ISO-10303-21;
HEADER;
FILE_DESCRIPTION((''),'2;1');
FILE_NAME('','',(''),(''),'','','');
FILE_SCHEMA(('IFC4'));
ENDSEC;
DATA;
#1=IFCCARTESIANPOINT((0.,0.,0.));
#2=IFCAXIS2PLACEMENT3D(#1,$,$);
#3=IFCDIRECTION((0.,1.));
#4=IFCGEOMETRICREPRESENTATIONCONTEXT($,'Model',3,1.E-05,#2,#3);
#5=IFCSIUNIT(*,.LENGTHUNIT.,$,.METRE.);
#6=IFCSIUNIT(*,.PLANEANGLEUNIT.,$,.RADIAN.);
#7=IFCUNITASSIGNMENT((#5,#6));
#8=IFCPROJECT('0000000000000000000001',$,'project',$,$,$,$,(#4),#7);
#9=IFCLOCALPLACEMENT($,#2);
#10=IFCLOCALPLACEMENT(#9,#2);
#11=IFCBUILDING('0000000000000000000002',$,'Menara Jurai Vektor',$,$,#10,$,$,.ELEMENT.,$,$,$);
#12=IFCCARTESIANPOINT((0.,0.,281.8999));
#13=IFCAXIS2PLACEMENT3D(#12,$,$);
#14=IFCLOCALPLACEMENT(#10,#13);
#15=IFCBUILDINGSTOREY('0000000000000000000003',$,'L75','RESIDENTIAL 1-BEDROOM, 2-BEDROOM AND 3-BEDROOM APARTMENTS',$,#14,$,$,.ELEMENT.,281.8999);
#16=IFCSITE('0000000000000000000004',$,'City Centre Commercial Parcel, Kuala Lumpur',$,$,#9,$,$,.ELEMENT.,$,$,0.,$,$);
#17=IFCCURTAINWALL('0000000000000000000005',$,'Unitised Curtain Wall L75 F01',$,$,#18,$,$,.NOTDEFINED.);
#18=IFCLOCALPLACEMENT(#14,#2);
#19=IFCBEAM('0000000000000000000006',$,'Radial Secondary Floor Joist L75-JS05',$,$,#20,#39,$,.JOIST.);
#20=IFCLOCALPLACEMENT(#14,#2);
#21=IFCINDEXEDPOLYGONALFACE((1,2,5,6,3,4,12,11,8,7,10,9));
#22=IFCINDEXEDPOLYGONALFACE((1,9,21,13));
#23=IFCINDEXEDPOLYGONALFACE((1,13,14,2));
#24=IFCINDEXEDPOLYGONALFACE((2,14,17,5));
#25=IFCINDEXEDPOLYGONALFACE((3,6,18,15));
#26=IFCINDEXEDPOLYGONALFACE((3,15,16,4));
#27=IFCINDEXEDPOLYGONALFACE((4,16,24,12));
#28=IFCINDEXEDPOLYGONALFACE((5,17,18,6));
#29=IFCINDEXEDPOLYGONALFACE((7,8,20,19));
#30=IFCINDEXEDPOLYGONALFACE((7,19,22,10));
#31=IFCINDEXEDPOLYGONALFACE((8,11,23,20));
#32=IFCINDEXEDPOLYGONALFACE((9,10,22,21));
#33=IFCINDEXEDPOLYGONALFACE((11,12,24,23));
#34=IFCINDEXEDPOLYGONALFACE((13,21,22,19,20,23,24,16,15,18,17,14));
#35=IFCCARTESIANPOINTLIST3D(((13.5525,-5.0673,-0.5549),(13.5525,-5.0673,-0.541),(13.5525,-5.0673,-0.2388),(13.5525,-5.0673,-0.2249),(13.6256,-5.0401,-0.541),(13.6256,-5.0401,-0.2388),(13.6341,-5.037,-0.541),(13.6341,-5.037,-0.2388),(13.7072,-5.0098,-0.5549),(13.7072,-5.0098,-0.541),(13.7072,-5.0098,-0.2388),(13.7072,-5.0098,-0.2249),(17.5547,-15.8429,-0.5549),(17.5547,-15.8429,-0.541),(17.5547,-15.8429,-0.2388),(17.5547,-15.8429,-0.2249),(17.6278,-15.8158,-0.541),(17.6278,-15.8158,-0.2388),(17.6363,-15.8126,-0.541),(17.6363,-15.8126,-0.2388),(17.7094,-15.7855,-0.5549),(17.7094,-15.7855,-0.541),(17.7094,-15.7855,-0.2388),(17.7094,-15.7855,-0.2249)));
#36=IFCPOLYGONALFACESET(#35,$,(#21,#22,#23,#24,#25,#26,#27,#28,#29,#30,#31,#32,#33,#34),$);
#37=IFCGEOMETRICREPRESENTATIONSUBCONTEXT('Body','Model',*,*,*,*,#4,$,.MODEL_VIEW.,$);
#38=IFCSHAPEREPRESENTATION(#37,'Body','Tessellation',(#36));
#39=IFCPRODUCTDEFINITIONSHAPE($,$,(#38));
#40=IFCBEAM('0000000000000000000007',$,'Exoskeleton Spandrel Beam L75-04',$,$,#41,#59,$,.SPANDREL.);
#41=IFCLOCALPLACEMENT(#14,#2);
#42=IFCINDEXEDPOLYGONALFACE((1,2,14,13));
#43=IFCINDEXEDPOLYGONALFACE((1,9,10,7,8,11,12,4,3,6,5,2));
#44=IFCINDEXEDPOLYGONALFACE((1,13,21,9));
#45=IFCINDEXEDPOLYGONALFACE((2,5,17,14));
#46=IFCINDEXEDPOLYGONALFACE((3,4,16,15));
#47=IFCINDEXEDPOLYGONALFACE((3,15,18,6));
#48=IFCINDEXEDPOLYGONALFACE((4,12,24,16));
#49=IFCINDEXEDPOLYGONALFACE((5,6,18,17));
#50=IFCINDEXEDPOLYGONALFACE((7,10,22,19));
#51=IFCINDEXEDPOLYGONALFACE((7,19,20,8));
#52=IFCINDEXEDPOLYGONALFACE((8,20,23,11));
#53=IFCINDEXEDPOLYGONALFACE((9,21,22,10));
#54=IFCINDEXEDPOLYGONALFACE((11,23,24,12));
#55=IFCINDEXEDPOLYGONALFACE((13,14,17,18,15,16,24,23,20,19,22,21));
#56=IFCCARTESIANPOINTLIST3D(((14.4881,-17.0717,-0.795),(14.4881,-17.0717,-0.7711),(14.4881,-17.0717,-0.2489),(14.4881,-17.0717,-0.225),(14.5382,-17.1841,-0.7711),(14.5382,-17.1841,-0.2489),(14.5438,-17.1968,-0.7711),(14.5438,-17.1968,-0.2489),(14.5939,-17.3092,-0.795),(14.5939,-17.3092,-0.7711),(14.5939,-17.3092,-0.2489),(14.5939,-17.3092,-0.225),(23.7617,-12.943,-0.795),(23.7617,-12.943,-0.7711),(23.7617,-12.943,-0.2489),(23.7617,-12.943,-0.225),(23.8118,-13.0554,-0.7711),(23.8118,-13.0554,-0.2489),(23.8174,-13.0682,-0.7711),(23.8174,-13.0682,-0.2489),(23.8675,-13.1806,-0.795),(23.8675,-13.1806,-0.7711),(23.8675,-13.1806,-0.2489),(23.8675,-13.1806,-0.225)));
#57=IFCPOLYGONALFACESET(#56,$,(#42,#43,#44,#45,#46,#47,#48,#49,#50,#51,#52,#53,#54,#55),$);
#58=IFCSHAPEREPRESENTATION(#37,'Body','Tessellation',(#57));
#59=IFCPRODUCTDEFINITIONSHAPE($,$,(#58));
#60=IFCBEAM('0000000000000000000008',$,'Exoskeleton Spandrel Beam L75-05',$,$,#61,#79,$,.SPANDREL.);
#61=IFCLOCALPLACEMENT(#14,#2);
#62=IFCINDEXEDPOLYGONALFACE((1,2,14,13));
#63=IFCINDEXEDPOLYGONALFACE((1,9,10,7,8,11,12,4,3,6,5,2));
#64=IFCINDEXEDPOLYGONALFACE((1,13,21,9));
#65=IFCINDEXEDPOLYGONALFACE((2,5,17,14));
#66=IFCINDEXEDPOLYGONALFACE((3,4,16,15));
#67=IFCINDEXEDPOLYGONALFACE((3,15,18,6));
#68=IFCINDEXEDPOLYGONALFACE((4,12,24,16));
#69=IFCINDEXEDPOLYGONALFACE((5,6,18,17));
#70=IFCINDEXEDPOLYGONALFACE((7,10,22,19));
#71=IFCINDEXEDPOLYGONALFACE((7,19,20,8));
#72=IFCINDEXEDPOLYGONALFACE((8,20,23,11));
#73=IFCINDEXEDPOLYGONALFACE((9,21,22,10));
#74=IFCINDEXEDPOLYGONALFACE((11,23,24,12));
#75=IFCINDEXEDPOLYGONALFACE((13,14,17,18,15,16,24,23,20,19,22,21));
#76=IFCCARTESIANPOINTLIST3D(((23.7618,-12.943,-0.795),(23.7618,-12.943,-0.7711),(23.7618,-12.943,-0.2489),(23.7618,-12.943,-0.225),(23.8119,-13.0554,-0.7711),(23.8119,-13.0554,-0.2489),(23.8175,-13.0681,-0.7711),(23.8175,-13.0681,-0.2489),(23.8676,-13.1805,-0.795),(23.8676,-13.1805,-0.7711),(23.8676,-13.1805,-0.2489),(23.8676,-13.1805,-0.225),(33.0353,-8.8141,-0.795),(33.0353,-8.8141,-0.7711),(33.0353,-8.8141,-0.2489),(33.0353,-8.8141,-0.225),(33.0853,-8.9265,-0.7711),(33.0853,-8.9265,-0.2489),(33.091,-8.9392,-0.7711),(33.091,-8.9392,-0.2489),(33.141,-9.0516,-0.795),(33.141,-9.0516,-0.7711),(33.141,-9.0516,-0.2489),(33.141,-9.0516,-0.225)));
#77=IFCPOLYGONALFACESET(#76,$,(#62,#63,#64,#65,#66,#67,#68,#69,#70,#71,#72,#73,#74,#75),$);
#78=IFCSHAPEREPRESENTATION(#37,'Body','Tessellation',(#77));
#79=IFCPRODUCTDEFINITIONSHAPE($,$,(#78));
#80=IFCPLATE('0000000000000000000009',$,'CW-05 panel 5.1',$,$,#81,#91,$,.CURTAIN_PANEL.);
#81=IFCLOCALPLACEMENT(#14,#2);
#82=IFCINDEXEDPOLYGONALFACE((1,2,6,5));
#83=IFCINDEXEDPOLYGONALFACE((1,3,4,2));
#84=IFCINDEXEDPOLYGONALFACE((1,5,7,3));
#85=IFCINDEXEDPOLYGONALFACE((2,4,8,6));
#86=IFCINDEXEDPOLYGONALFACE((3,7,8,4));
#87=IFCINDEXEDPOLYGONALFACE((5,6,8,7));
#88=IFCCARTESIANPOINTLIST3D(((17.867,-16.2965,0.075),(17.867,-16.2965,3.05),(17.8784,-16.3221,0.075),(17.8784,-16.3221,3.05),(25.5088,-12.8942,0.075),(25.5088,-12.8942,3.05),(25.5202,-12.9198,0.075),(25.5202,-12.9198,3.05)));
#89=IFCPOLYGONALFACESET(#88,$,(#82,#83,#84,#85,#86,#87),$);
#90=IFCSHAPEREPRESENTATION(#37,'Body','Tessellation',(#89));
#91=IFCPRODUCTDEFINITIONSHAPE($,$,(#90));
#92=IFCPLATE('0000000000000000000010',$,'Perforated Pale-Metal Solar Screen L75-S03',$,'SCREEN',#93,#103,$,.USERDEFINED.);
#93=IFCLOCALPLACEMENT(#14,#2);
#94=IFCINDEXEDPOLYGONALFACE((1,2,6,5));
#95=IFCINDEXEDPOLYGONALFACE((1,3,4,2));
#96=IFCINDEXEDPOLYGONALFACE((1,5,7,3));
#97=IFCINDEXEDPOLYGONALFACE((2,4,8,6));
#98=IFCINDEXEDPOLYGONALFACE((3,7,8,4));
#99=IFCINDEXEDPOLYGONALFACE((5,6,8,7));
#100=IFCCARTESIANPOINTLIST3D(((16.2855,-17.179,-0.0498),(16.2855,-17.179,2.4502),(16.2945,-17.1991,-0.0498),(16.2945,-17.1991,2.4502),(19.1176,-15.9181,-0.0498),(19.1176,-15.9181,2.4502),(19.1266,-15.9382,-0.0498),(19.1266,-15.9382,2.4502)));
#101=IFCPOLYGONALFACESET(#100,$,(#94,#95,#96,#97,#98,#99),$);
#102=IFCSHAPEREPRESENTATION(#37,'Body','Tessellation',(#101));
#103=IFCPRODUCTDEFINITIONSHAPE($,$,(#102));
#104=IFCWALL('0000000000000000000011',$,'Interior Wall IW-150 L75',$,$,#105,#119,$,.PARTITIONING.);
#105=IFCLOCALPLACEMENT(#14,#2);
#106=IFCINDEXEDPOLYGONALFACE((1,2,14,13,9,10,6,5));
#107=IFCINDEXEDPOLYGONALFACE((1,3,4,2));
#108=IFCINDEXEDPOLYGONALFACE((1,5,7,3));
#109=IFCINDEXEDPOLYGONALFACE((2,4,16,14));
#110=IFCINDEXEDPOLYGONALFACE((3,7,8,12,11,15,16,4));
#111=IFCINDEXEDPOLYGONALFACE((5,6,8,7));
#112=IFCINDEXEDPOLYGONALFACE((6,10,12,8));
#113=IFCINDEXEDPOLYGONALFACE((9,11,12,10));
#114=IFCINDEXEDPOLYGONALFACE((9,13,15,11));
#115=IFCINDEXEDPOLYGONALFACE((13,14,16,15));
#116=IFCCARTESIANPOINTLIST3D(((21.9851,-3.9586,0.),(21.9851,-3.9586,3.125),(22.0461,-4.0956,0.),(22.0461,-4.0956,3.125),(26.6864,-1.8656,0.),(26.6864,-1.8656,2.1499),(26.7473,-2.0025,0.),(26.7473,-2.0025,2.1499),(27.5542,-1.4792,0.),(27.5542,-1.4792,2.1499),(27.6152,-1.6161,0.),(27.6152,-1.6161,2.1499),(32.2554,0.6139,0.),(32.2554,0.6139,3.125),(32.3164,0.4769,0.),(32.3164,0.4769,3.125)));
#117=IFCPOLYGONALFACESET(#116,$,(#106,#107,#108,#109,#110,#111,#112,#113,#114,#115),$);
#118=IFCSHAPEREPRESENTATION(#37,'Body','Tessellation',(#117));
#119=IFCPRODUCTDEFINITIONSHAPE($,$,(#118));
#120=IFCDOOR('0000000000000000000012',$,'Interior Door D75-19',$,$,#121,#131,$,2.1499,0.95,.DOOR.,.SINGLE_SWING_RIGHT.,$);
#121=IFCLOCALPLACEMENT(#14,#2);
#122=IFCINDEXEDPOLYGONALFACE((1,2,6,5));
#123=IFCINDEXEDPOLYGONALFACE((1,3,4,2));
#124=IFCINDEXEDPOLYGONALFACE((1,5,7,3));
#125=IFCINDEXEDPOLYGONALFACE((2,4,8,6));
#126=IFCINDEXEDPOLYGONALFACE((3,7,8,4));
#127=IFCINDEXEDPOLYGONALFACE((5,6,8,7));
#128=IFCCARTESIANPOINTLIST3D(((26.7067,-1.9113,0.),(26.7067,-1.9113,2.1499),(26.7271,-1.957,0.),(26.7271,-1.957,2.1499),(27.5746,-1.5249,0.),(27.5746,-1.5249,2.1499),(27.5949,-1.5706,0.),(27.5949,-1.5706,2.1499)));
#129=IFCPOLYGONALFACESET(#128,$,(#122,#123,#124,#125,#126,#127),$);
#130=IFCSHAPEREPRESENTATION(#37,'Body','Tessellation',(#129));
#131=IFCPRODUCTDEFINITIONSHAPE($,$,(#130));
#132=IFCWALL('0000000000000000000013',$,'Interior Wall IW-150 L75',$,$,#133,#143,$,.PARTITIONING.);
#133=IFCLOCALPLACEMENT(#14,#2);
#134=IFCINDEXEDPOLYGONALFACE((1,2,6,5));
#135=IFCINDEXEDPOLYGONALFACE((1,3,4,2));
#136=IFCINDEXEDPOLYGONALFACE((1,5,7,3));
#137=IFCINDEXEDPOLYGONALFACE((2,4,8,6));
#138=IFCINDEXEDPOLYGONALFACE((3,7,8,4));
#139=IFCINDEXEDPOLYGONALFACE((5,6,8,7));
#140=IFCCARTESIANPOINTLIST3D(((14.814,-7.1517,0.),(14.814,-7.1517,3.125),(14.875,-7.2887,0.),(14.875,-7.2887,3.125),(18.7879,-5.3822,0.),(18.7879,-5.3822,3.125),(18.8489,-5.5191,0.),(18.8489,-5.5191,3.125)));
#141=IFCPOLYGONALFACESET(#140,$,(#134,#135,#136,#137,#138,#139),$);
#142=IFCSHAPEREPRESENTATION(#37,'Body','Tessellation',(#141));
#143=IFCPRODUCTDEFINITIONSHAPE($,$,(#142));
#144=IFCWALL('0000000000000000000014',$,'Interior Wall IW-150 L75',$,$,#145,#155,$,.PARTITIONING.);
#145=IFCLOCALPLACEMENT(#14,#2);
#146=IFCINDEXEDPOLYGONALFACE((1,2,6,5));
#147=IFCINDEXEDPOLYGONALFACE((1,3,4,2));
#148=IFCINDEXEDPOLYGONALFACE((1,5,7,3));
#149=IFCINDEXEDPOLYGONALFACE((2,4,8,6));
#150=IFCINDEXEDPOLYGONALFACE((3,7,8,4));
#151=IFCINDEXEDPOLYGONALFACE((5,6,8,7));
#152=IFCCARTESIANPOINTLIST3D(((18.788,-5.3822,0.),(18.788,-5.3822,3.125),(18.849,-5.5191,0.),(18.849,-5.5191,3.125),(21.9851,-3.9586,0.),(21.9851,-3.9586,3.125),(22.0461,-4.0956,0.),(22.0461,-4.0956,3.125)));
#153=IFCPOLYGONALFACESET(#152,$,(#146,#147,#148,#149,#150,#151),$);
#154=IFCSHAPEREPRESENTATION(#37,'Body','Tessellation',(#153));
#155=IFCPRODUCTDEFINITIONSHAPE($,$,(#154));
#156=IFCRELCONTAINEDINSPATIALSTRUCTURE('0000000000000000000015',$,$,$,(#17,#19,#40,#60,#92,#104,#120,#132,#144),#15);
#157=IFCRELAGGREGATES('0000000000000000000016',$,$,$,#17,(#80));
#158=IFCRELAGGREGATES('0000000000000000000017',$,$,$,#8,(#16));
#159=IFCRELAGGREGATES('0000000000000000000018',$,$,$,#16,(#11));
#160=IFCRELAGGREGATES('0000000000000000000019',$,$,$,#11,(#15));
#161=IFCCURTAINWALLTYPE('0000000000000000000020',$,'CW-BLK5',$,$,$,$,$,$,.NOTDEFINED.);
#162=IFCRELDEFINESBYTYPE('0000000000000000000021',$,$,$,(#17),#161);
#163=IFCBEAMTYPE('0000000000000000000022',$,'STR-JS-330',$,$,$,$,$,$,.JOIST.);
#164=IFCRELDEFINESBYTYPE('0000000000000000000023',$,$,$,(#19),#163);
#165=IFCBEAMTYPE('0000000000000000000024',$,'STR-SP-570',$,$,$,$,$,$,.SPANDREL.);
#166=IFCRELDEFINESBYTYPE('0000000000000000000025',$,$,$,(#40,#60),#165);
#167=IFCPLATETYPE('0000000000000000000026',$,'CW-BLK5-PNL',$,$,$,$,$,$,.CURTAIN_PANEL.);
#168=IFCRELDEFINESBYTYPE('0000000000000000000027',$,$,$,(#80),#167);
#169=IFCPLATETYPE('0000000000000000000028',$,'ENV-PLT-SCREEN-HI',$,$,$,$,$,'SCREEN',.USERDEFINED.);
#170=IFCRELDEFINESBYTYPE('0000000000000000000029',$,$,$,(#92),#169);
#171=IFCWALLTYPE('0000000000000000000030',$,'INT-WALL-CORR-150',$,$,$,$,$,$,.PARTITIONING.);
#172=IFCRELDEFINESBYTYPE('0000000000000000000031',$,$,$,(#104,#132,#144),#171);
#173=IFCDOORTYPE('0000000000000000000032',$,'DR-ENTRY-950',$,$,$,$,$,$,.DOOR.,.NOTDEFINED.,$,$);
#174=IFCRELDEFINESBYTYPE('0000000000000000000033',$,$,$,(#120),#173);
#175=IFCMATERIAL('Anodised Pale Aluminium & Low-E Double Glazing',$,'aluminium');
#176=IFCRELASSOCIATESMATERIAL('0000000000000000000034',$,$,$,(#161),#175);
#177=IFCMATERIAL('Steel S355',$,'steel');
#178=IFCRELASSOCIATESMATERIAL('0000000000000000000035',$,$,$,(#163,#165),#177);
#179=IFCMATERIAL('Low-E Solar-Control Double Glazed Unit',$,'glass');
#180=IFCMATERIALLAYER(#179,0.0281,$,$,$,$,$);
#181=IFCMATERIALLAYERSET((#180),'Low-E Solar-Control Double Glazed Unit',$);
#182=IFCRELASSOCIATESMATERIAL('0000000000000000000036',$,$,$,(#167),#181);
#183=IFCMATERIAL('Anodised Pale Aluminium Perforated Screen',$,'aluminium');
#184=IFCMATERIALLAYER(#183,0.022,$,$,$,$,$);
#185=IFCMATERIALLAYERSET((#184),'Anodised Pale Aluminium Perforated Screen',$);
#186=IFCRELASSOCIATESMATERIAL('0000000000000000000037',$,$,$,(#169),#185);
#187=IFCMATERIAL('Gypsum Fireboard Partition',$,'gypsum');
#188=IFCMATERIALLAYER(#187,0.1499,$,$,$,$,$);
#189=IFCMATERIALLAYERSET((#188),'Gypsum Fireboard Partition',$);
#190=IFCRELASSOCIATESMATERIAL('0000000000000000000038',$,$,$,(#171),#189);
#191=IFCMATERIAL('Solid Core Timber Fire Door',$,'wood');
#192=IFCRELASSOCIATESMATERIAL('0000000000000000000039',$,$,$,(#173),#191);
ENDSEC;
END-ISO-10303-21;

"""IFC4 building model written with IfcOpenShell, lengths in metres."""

from ifc_helpers import new_model, si_unit, direction, frame, frame_2d, origin, origin_2d, place, context, subcontext, project, spatial, rectangle, i_section, extrude, material, layer, layer_set, material_profile, profile_set, type_object, element, fill, aggregate, save


model = new_model("IFC4")

# Units and contexts
model_context = context("Model", 3, precision=1e-05, world=origin(), true_north=direction((0.0, 1.0)))
body_context = subcontext(model_context, "Body", "Model", "MODEL_VIEW")
ifc_project = project(units=[si_unit("LENGTHUNIT", "METRE"), si_unit("PLANEANGLEUNIT", "RADIAN")], contexts=[model_context])

# Site, building, storey
site_placement = place(None, origin())
site = spatial("IfcSite", under=ifc_project, at=site_placement, Name="City Centre Commercial Parcel, Kuala Lumpur", CompositionType="ELEMENT", RefElevation=0.0)
building_placement = place(site_placement, origin())
building = spatial("IfcBuilding", under=site, at=building_placement, Name="Menara Jurai Vektor", CompositionType="ELEMENT")
storey_placement = place(building_placement, frame((0.0, 0.0, 281.8999)))
storey = spatial("IfcBuildingStorey", under=building, at=storey_placement, Name="L75", Description="RESIDENTIAL 1-BEDROOM, 2-BEDROOM AND 3-BEDROOM APARTMENTS", CompositionType="ELEMENT", Elevation=281.8999)

# Curtain wall
ifc_material_1 = material(Name="Anodised Pale Aluminium & Low-E Double Glazing", Category="aluminium")
curtain_wall_type = type_object("IfcCurtainWallType", Name="CW-BLK5", PredefinedType="NOTDEFINED", material=ifc_material_1)
curtain_wall_placement = place(storey_placement, origin())
curtain_wall = element("IfcCurtainWall", 1, at=curtain_wall_placement, inside=storey, type_object=curtain_wall_type, Name="Unitised Curtain Wall L75 F01", PredefinedType="NOTDEFINED")

# Beams
ifc_material_2 = material(Name="Steel S355", Category="steel")
ifc_material_profile_1 = material_profile(ifc_material_2, i_section(OverallWidth=0.165, OverallDepth=0.3301, WebThickness=0.009, FlangeThickness=0.0139, at=origin_2d()), Name="PG 330x165x46")
ifc_profile_set_1 = profile_set([ifc_material_profile_1], Name="Steel S355")
beam_type_1 = type_object("IfcBeamType", Name="STR-JS-330", PredefinedType="JOIST", material=ifc_profile_set_1)
beam_1_placement = place(storey_placement, frame((17.6321, -15.8142, -0.3899), z_axis=(-0.348173, 0.93743, 0.0), x_axis=(-0.93743, -0.348173, 0.0)))
element("IfcBeam", 2, at=beam_1_placement, inside=storey, type_object=beam_type_1, Name="Radial Secondary Floor Joist L75-JS05", PredefinedType="JOIST", context=body_context, shape_type="SweptSolid", body=[
    extrude(i_section(OverallWidth=0.165, OverallDepth=0.3301, WebThickness=0.009, FlangeThickness=0.0139, at=origin_2d()), origin(), (0.0, 0.0, 1.0), 11.4949),
])
ifc_material_profile_2 = material_profile(ifc_material_2, i_section(OverallWidth=0.26, OverallDepth=0.5701, WebThickness=0.0139, FlangeThickness=0.0239, at=origin_2d()), Name="PG 570x260x145")
ifc_profile_set_2 = profile_set([ifc_material_profile_2], Name="Steel S355")
beam_type_2 = type_object("IfcBeamType", Name="STR-SP-570", PredefinedType="SPANDREL", material=ifc_profile_set_2)
for number, where, z_axis, x_axis, name in (
    (3, (14.541, -17.1904, -0.51), (0.913554, 0.406716, 0.0), (-0.406716, 0.913554, 0.0), "Exoskeleton Spandrel Beam L75-04"),
    (4, (23.8147, -13.0618, -0.51), (0.913542, 0.406745, 0.0), (-0.406745, 0.913542, 0.0), "Exoskeleton Spandrel Beam L75-05"),
):
    element("IfcBeam", number, at=place(storey_placement, frame(where, z_axis=z_axis, x_axis=x_axis)), inside=storey, type_object=beam_type_2, Name=name, PredefinedType="SPANDREL", context=body_context, shape_type="SweptSolid", body=[
        extrude(i_section(OverallWidth=0.26, OverallDepth=0.5701, WebThickness=0.0139, FlangeThickness=0.0239, at=origin_2d()), origin(), (0.0, 0.0, 1.0), 10.1511),
    ])

# Plates
ifc_material_3 = material(Name="Low-E Solar-Control Double Glazed Unit", Category="glass")
ifc_layer_1 = layer(ifc_material_3, 0.0281)
ifc_layer_set_1 = layer_set([ifc_layer_1], Name="Low-E Solar-Control Double Glazed Unit")
plate_type_1 = type_object("IfcPlateType", Name="CW-BLK5-PNL", PredefinedType="CURTAIN_PANEL", material=ifc_layer_set_1)
plate_1_placement = place(storey_placement, frame((21.6936, -14.6082, 0.075), z_axis=(0.0, 0.0, 1.0), x_axis=(0.913546, 0.406735, 0.0)))
plate_1 = element("IfcPlate", 5, at=plate_1_placement, type_object=plate_type_1, Name="CW-05 panel 5.1", PredefinedType="CURTAIN_PANEL", context=body_context, shape_type="SweptSolid", body=[
    extrude(rectangle(XDim=8.365, YDim=0.0281, at=origin_2d()), origin(), (0.0, 0.0, 1.0), 2.9751),
])
aggregate(curtain_wall, [plate_1])
ifc_material_4 = material(Name="Anodised Pale Aluminium Perforated Screen", Category="aluminium")
ifc_layer_2 = layer(ifc_material_4, 0.022)
ifc_layer_set_2 = layer_set([ifc_layer_2], Name="Anodised Pale Aluminium Perforated Screen")
plate_type_2 = type_object("IfcPlateType", Name="ENV-PLT-SCREEN-HI", ElementType="SCREEN", PredefinedType="USERDEFINED", material=ifc_layer_set_2)
plate_2_placement = place(storey_placement, frame((17.7061, -16.5586, -0.0498), z_axis=(0.0, 0.0, 1.0), x_axis=(0.913545, 0.406737, 0.0)))
element("IfcPlate", 6, at=plate_2_placement, inside=storey, type_object=plate_type_2, Name="Perforated Pale-Metal Solar Screen L75-S03", ObjectType="SCREEN", PredefinedType="USERDEFINED", context=body_context, shape_type="SweptSolid", body=[
    extrude(rectangle(XDim=3.1001, YDim=0.022, at=origin_2d()), origin(), (0.0, 0.0, 1.0), 2.5),
])

# Wall, opening, door
ifc_material_5 = material(Name="Gypsum Fireboard Partition", Category="gypsum")
ifc_layer_3 = layer(ifc_material_5, 0.1499)
ifc_layer_set_3 = layer_set([ifc_layer_3], Name="Gypsum Fireboard Partition")
wall_type_1 = type_object("IfcWallType", Name="INT-WALL-CORR-150", PredefinedType="PARTITIONING", material=ifc_layer_set_3)
wall_1_placement = place(storey_placement, frame((22.0156, -4.0271, 0.0), z_axis=(0.0, 0.0, 1.0), x_axis=(0.913549, 0.406729, 0.0)))
wall_1 = element("IfcWall", 7, at=wall_1_placement, inside=storey, type_object=wall_type_1, Name="Interior Wall IW-150 L75", PredefinedType="PARTITIONING", context=body_context, shape_type="SweptSolid", body=[
    extrude(rectangle(XDim=11.2422, YDim=0.1499, at=frame_2d((5.6211, 0.0))), origin(), (0.0, 0.0, 1.0), 3.125),
])
opening_1_placement = place(wall_1_placement, frame((5.146, 0.0, 0.0)))
opening_1 = element("IfcOpeningElement", 8, at=opening_1_placement, cuts=wall_1, PredefinedType="OPENING", context=body_context, shape_type="SweptSolid", body=[
    extrude(rectangle(XDim=0.95, YDim=2.1499, at=frame_2d((0.4751, 1.075))), frame((0.0, 0.085, 0.0), z_axis=(0.0, -1.0, 0.0), x_axis=(1.0, 0.0, 0.0)), (0.0, 0.0, 1.0), 0.1699),
])
ifc_material_6 = material(Name="Solid Core Timber Fire Door", Category="wood")
door_type_1 = type_object("IfcDoorType", Name="DR-ENTRY-950", OperationType="NOTDEFINED", PredefinedType="DOOR", material=ifc_material_6)
door_1_placement = place(opening_1_placement, origin())
door_1 = element("IfcDoor", 9, at=door_1_placement, inside=storey, type_object=door_type_1, Name="Interior Door D75-19", OperationType="SINGLE_SWING_RIGHT", OverallHeight=2.1499, OverallWidth=0.95, PredefinedType="DOOR", context=body_context, shape_type="SweptSolid", body=[
    extrude(rectangle(XDim=0.95, YDim=2.1499, at=frame_2d((0.4751, 1.075))), frame((0.0, 0.0249, 0.0), z_axis=(0.0, -1.0, 0.0), x_axis=(1.0, 0.0, 0.0)), (0.0, 0.0, 1.0), 0.05),
])
fill(opening_1, door_1)

# Walls
wall_2_placement = place(storey_placement, frame((14.8445, -7.2202, 0.0), z_axis=(0.0, 0.0, 1.0), x_axis=(0.913524, 0.406784, 0.0)))
element("IfcWall", 10, at=wall_2_placement, inside=storey, type_object=wall_type_1, Name="Interior Wall IW-150 L75", PredefinedType="PARTITIONING", context=body_context, shape_type="SweptSolid", body=[
    extrude(rectangle(XDim=4.3501, YDim=0.1499, at=frame_2d((2.175, 0.0))), origin(), (0.0, 0.0, 1.0), 3.125),
])
wall_3_placement = place(storey_placement, frame((18.8184, -5.4507, 0.0), z_axis=(0.0, 0.0, 1.0), x_axis=(0.913538, 0.406753, 0.0)))
element("IfcWall", 11, at=wall_3_placement, inside=storey, type_object=wall_type_1, Name="Interior Wall IW-150 L75", PredefinedType="PARTITIONING", context=body_context, shape_type="SweptSolid", body=[
    extrude(rectangle(XDim=3.4998, YDim=0.1499, at=frame_2d((1.75, 0.0))), origin(), (0.0, 0.0, 1.0), 3.125),
])

save(model, "model.ifc")
